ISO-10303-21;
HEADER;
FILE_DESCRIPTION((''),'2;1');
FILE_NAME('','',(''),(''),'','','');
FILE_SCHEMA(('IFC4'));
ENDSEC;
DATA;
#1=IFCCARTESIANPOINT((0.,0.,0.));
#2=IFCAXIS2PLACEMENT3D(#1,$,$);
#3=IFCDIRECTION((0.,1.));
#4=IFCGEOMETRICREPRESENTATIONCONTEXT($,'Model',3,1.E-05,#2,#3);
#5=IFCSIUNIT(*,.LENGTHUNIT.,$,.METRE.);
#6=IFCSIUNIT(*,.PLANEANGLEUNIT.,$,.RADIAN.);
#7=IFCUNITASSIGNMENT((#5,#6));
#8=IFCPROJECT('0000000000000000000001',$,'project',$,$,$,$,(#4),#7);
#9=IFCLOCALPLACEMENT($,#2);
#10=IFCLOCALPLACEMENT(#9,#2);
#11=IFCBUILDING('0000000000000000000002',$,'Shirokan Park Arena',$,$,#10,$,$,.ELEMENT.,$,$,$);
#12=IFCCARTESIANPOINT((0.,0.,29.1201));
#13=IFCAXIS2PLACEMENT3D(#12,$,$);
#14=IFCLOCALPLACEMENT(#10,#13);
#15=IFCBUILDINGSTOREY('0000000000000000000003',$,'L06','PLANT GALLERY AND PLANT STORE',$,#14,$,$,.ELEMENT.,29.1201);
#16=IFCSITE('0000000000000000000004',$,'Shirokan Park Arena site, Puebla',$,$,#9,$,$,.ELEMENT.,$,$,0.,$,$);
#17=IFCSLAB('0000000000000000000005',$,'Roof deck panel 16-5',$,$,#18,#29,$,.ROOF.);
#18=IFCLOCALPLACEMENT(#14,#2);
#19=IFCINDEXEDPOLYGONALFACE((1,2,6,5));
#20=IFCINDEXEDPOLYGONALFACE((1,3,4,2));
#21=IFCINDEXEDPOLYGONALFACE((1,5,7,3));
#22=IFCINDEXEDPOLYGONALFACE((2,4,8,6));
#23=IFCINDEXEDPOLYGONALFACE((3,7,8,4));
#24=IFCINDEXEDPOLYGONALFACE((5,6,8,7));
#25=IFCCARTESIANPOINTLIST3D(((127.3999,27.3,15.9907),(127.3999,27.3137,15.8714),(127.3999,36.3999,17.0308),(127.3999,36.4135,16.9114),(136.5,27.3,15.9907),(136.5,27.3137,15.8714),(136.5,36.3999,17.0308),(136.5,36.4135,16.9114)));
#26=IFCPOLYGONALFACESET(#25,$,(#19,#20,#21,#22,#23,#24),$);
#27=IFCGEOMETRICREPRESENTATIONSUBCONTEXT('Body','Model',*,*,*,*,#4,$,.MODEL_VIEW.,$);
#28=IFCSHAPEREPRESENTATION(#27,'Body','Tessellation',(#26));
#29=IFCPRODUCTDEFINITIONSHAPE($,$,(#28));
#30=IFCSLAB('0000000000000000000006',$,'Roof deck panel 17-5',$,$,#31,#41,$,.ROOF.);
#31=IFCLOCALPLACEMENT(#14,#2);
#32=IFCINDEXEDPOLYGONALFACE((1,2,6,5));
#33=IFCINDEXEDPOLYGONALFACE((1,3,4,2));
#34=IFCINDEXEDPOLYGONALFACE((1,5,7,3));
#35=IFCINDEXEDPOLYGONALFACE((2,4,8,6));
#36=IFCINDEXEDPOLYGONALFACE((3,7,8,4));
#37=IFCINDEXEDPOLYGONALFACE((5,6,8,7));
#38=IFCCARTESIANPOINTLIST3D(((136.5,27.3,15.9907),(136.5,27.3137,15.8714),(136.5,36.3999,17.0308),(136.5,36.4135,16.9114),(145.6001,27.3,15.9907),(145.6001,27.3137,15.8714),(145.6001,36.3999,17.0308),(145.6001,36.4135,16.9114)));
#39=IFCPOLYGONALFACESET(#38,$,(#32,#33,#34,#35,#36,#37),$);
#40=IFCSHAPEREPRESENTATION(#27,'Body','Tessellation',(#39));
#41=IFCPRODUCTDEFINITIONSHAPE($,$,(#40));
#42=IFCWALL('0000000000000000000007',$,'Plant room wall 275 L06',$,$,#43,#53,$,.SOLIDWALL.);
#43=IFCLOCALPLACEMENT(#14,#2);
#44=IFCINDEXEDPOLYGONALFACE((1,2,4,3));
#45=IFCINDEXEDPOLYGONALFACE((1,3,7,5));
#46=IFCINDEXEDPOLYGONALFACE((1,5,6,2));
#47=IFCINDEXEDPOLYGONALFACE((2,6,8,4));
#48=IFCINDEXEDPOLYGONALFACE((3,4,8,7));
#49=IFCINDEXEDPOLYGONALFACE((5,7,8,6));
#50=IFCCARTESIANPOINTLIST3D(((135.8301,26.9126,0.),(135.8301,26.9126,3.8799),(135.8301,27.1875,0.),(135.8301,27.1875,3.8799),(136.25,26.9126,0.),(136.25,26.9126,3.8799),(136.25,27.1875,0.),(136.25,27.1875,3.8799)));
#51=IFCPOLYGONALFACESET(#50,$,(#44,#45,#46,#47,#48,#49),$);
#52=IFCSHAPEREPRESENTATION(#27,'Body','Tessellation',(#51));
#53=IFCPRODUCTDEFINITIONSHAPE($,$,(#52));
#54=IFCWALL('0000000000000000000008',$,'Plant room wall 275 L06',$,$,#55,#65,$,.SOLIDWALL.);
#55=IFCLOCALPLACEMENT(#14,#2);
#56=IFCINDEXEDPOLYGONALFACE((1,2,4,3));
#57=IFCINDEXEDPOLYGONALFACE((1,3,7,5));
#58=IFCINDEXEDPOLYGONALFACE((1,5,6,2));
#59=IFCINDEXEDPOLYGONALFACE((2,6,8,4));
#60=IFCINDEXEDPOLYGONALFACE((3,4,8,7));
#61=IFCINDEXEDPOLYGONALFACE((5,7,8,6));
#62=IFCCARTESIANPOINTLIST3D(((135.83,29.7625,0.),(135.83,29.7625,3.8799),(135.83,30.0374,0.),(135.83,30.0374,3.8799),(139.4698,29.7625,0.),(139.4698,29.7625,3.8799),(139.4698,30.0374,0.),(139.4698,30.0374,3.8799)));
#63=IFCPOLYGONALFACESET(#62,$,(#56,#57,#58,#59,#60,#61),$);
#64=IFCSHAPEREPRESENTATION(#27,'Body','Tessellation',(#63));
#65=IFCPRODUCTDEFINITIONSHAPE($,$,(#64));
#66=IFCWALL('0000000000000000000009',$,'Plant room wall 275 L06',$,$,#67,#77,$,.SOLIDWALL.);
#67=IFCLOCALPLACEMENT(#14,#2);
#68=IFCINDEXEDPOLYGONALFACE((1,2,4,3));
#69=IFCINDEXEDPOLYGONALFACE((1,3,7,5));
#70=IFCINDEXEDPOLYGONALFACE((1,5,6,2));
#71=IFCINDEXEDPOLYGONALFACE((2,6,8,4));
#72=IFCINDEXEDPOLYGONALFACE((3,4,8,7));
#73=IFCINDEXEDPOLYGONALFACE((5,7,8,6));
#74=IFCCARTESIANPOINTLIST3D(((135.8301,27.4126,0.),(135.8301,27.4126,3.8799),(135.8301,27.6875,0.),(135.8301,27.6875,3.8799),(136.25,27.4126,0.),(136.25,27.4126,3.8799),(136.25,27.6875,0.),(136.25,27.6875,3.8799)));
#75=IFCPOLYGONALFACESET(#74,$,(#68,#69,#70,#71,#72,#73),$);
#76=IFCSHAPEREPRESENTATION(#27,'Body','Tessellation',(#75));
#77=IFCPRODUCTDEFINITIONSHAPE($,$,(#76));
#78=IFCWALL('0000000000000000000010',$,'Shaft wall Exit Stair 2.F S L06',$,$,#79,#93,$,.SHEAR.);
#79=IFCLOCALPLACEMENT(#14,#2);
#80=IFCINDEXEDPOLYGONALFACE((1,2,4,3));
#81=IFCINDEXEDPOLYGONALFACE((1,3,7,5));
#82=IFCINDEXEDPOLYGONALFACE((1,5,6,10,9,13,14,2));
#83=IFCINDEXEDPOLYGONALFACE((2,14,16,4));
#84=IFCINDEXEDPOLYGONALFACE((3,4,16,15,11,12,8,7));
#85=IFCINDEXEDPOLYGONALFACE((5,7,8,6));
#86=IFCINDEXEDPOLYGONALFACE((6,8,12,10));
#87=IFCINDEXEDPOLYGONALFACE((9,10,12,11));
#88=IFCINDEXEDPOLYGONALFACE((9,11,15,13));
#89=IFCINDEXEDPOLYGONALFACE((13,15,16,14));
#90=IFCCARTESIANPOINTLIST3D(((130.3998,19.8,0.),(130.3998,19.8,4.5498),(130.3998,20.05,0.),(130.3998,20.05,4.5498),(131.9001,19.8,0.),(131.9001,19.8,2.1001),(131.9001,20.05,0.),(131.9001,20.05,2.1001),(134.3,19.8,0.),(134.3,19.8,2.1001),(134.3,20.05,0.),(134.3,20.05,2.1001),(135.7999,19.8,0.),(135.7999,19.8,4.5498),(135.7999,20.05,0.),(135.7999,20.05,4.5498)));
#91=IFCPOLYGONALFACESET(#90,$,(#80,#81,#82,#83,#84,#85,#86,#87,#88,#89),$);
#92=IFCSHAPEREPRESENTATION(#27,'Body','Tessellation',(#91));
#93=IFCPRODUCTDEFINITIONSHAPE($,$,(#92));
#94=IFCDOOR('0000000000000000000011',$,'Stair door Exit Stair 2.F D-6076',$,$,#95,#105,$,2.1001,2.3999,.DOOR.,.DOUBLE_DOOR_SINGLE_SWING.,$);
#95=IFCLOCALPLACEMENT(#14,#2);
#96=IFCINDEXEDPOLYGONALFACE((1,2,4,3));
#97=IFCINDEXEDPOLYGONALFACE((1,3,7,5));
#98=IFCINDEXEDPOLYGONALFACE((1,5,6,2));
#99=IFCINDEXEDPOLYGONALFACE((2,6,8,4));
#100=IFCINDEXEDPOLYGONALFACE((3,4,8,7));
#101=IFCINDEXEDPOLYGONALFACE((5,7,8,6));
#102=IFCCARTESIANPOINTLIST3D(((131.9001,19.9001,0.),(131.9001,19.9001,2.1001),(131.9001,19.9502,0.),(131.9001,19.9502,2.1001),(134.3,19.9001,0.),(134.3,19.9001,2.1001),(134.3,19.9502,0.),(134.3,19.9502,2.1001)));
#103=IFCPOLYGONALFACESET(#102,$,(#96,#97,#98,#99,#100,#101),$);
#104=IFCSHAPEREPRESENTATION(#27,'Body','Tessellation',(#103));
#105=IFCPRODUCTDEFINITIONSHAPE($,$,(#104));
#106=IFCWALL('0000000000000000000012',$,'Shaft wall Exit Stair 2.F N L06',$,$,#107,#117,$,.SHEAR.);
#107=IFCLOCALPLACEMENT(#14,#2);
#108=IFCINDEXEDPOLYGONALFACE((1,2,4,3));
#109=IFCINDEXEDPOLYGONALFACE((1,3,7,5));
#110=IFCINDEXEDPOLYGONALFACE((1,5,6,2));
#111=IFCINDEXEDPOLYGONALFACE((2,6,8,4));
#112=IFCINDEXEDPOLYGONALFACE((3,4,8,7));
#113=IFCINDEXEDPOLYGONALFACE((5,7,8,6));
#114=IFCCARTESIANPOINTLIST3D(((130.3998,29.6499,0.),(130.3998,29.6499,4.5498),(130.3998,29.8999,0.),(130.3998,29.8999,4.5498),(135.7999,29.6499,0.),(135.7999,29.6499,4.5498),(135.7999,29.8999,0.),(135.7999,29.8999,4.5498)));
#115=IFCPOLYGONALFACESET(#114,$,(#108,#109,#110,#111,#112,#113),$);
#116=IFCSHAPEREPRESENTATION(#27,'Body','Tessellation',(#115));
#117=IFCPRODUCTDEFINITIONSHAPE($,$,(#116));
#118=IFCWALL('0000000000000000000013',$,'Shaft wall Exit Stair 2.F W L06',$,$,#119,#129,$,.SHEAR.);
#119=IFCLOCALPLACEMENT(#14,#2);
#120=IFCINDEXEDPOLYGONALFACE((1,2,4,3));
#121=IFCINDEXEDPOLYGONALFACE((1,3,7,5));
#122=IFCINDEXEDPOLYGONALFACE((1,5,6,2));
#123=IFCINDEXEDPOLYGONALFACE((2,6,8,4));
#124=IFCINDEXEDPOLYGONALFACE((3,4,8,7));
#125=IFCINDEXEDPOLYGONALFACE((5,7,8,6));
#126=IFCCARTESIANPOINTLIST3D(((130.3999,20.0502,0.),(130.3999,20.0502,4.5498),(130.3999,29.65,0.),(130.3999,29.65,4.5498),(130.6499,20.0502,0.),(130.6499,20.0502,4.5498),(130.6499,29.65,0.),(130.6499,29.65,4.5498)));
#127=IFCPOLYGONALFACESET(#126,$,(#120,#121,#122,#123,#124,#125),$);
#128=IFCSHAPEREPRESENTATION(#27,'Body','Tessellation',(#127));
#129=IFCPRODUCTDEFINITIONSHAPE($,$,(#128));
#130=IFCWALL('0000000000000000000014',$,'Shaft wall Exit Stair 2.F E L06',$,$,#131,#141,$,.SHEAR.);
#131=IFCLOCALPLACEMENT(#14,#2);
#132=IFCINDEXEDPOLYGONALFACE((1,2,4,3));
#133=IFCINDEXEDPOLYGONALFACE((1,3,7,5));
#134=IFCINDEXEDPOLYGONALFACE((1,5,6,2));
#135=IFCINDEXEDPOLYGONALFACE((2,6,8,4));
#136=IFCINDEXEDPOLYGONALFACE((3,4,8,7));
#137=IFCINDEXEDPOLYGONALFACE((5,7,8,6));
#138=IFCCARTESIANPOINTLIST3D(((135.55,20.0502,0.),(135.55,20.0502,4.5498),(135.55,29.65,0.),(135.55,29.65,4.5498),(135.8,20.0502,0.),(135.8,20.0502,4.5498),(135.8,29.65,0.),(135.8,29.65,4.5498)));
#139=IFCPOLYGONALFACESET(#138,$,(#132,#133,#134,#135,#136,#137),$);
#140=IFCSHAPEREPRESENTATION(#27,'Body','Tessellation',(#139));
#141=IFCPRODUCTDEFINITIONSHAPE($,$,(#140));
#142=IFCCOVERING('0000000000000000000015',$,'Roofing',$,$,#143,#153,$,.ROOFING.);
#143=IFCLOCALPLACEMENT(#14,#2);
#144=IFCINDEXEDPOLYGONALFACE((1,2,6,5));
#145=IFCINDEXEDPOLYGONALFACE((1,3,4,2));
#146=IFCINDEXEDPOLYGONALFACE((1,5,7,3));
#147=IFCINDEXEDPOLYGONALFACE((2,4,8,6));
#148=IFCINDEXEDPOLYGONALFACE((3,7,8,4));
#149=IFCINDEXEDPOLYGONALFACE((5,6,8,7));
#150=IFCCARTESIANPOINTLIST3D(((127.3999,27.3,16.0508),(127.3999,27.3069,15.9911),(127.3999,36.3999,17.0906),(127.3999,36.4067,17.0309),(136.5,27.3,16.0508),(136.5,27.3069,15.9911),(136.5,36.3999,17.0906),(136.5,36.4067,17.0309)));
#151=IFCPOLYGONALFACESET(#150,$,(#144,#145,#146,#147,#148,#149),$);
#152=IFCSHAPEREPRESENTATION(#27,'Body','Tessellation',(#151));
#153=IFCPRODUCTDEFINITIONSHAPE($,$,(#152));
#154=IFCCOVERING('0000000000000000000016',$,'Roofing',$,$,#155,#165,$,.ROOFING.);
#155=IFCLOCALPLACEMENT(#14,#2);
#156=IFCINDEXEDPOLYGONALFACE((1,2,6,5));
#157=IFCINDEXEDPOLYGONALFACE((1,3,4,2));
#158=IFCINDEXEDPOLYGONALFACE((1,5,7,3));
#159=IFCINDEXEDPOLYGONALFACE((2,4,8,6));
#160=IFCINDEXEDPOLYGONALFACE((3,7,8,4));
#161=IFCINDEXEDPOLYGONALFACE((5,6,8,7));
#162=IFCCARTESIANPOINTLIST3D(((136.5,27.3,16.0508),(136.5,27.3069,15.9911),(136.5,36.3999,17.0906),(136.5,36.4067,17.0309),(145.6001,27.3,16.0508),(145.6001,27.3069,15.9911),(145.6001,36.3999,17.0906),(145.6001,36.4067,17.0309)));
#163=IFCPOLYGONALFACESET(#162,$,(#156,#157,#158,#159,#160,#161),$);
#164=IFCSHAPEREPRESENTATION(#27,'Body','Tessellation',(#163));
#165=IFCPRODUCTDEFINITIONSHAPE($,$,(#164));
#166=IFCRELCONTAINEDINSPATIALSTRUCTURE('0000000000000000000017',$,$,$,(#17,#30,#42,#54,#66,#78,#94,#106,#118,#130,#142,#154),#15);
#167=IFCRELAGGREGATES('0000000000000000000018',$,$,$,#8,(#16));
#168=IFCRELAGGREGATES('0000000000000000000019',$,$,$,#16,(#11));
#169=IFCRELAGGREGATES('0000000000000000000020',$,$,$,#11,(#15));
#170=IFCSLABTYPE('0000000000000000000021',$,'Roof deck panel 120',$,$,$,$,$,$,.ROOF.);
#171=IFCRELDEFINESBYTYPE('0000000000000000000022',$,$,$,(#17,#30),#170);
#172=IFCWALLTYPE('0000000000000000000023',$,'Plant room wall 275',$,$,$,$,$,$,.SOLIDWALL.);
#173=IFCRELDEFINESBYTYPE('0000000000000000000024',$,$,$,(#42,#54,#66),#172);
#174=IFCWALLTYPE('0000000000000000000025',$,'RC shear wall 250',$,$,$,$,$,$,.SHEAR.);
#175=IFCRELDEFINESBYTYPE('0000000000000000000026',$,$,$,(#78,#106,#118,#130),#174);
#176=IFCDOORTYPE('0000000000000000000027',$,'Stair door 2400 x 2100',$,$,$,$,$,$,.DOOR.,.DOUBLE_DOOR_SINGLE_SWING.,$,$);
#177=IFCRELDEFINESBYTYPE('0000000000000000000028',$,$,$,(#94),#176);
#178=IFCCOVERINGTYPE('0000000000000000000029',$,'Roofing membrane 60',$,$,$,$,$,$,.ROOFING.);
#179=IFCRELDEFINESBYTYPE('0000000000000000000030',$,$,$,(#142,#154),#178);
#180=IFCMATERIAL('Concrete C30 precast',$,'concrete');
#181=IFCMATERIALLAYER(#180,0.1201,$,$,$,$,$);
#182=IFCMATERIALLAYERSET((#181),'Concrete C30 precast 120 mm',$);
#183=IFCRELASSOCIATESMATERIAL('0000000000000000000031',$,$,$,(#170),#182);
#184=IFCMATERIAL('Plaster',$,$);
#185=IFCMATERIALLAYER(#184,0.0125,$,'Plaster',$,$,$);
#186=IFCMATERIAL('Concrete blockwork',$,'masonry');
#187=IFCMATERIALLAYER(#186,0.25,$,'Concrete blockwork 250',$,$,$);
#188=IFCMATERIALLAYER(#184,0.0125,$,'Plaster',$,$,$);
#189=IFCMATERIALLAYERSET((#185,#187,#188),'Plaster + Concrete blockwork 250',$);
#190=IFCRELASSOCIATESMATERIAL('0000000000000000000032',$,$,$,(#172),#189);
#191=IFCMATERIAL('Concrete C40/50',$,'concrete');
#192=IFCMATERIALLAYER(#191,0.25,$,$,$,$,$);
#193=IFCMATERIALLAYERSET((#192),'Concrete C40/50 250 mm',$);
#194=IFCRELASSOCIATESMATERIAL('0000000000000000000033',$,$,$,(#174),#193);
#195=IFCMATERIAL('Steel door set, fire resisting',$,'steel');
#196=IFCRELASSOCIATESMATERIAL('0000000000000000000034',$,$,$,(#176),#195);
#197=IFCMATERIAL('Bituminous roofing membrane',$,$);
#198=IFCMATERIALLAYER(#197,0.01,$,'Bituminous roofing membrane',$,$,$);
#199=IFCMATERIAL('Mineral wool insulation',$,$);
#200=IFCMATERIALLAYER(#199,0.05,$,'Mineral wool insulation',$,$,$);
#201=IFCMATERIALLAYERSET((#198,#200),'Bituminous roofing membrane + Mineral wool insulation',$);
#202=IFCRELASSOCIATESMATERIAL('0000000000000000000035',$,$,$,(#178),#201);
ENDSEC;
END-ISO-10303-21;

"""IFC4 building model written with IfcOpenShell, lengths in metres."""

from ifc_helpers import new_model, si_unit, direction, frame, frame_2d, origin, place, context, subcontext, project, spatial, polyline, rectangle, outline, extrude, material, layer, layer_set, type_object, element, fill, save


model = new_model("IFC4")

# Units and contexts
model_context = context("Model", 3, precision=1e-05, world=origin(), true_north=direction((0.0, 1.0)))
body_context = subcontext(model_context, "Body", "Model", "MODEL_VIEW")
ifc_project = project(units=[si_unit("LENGTHUNIT", "METRE"), si_unit("PLANEANGLEUNIT", "RADIAN")], contexts=[model_context])

# Site, building, storey
site_placement = place(None, origin())
site = spatial("IfcSite", under=ifc_project, at=site_placement, Name="Shirokan Park Arena site, Puebla", CompositionType="ELEMENT", RefElevation=0.0)
building_placement = place(site_placement, origin())
building = spatial("IfcBuilding", under=site, at=building_placement, Name="Shirokan Park Arena", CompositionType="ELEMENT")
storey_placement = place(building_placement, frame((0.0, 0.0, 29.1201)))
storey = spatial("IfcBuildingStorey", under=building, at=storey_placement, Name="L06", Description="PLANT GALLERY AND PLANT STORE", CompositionType="ELEMENT", Elevation=29.1201)

# Slabs
ifc_material_1 = material(Name="Concrete C30 precast", Category="concrete")
ifc_layer_1 = layer(ifc_material_1, 0.1201)
ifc_layer_set_1 = layer_set([ifc_layer_1], Name="Concrete C30 precast 120 mm")
slab_type = type_object("IfcSlabType", Name="Roof deck panel 120", PredefinedType="ROOF", material=ifc_layer_set_1)
for number, where, z_axis, x_axis, name in (
    (1, (127.3999, 27.3, 15.9907), (0.0, -0.113553, 0.993532), (1.0, 0.0, 0.0), "Roof deck panel 16-5"),
    (2, (136.5, 27.3, 15.9907), (0.0, -0.113553, 0.993532), (1.0, 0.0, 0.0), "Roof deck panel 17-5"),
):
    element("IfcSlab", number, at=place(storey_placement, frame(where, z_axis=z_axis, x_axis=x_axis)), inside=storey, type_object=slab_type, Name=name, PredefinedType="ROOF", context=body_context, shape_type="SweptSolid", body=[
        extrude(outline(polyline([(0.0, 0.0), (9.1001, 0.0), (9.1001, 9.1591), (0.0, 9.1591), (0.0, 0.0)])), origin(), (0.0, 0.0, -1.0), 0.1201),
    ])

# Walls
ifc_material_2 = material(Name="Plaster")
ifc_layer_2 = layer(ifc_material_2, 0.0125, Name="Plaster")
ifc_material_3 = material(Name="Concrete blockwork", Category="masonry")
ifc_layer_3 = layer(ifc_material_3, 0.25, Name="Concrete blockwork 250")
ifc_layer_4 = layer(ifc_material_2, 0.0125, Name="Plaster")
ifc_layer_set_2 = layer_set([ifc_layer_2, ifc_layer_3, ifc_layer_4], Name="Plaster + Concrete blockwork 250")
wall_type_1 = type_object("IfcWallType", Name="Plant room wall 275", PredefinedType="SOLIDWALL", material=ifc_layer_set_2)
wall_1_placement = place(storey_placement, frame((135.8301, 27.05, 0.0), z_axis=(0.0, 0.0, 1.0), x_axis=(1.0, 0.0, 0.0)))
element("IfcWall", 3, at=wall_1_placement, inside=storey, type_object=wall_type_1, Name="Plant room wall 275 L06", PredefinedType="SOLIDWALL", context=body_context, shape_type="SweptSolid", body=[
    extrude(rectangle(XDim=0.4199, YDim=0.2749, at=frame_2d((0.21, 0.0))), origin(), (0.0, 0.0, 1.0), 3.8799),
])
wall_2_placement = place(storey_placement, frame((135.8301, 29.8999, 0.0), z_axis=(0.0, 0.0, 1.0), x_axis=(1.0, 0.0, 0.0)))
element("IfcWall", 4, at=wall_2_placement, inside=storey, type_object=wall_type_1, Name="Plant room wall 275 L06", PredefinedType="SOLIDWALL", context=body_context, shape_type="SweptSolid", body=[
    extrude(rectangle(XDim=3.6399, YDim=0.2749, at=frame_2d((1.8198, 0.0))), origin(), (0.0, 0.0, 1.0), 3.8799),
])
wall_3_placement = place(storey_placement, frame((136.25, 27.55, 0.0), z_axis=(0.0, 0.0, 1.0), x_axis=(-1.0, 0.0, 0.0)))
element("IfcWall", 5, at=wall_3_placement, inside=storey, type_object=wall_type_1, Name="Plant room wall 275 L06", PredefinedType="SOLIDWALL", context=body_context, shape_type="SweptSolid", body=[
    extrude(rectangle(XDim=0.4199, YDim=0.2749, at=frame_2d((0.21, 0.0))), origin(), (0.0, 0.0, 1.0), 3.8799),
])

# Wall, opening, door
ifc_material_4 = material(Name="Concrete C40/50", Category="concrete")
ifc_layer_5 = layer(ifc_material_4, 0.25)
ifc_layer_set_3 = layer_set([ifc_layer_5], Name="Concrete C40/50 250 mm")
wall_type_2 = type_object("IfcWallType", Name="RC shear wall 250", PredefinedType="SHEAR", material=ifc_layer_set_3)
wall_4_placement = place(storey_placement, frame((135.8, 19.925, 0.0), z_axis=(0.0, 0.0, 1.0), x_axis=(-1.0, 0.0, 0.0)))
wall_4 = element("IfcWall", 6, at=wall_4_placement, inside=storey, type_object=wall_type_2, Name="Shaft wall Exit Stair 2.F S L06", PredefinedType="SHEAR", context=body_context, shape_type="SweptSolid", body=[
    extrude(rectangle(XDim=5.4001, YDim=0.25, at=frame_2d((2.7002, 0.0))), origin(), (0.0, 0.0, 1.0), 4.5498),
])
opening_placement = place(wall_4_placement, frame((1.5, 0.0, 0.0)))
opening = element("IfcOpeningElement", 7, at=opening_placement, cuts=wall_4, PredefinedType="OPENING", context=body_context, shape_type="SweptSolid", body=[
    extrude(rectangle(XDim=2.3999, YDim=2.1001, at=frame_2d((1.2, 1.05))), frame((0.0, 0.135, 0.0), z_axis=(0.0, -1.0, 0.0), x_axis=(1.0, 0.0, 0.0)), (0.0, 0.0, 1.0), 0.27),
])
ifc_material_5 = material(Name="Steel door set, fire resisting", Category="steel")
door_type = type_object("IfcDoorType", Name="Stair door 2400 x 2100", OperationType="DOUBLE_DOOR_SINGLE_SWING", PredefinedType="DOOR", material=ifc_material_5)
door_placement = place(opening_placement, origin())
door = element("IfcDoor", 8, at=door_placement, inside=storey, type_object=door_type, Name="Stair door Exit Stair 2.F D-6076", OperationType="DOUBLE_DOOR_SINGLE_SWING", OverallHeight=2.1001, OverallWidth=2.3999, PredefinedType="DOOR", context=body_context, shape_type="SweptSolid", body=[
    extrude(rectangle(XDim=2.3999, YDim=2.1001, at=frame_2d((1.2, 1.05))), frame((0.0, 0.0249, 0.0), z_axis=(0.0, -1.0, 0.0), x_axis=(1.0, 0.0, 0.0)), (0.0, 0.0, 1.0), 0.05),
])
fill(opening, door)

# Walls
wall_5_placement = place(storey_placement, frame((135.8, 29.7749, 0.0), z_axis=(0.0, 0.0, 1.0), x_axis=(-1.0, 0.0, 0.0)))
element("IfcWall", 9, at=wall_5_placement, inside=storey, type_object=wall_type_2, Name="Shaft wall Exit Stair 2.F N L06", PredefinedType="SHEAR", context=body_context, shape_type="SweptSolid", body=[
    extrude(rectangle(XDim=5.4001, YDim=0.25, at=frame_2d((2.7002, 0.0))), origin(), (0.0, 0.0, 1.0), 4.5498),
])
for number, where, z_axis, x_axis, name in (
    (10, (130.5249, 29.6499, 0.0), (0.0, 0.0, 1.0), (0.0, -1.0, 0.0), "Shaft wall Exit Stair 2.F W L06"),
    (11, (135.675, 29.6499, 0.0), (0.0, 0.0, 1.0), (0.0, -1.0, 0.0), "Shaft wall Exit Stair 2.F E L06"),
):
    element("IfcWall", number, at=place(storey_placement, frame(where, z_axis=z_axis, x_axis=x_axis)), inside=storey, type_object=wall_type_2, Name=name, PredefinedType="SHEAR", context=body_context, shape_type="SweptSolid", body=[
        extrude(rectangle(XDim=9.5999, YDim=0.25, at=frame_2d((4.7998, 0.0))), origin(), (0.0, 0.0, 1.0), 4.5498),
    ])

# Coverings
ifc_material_6 = material(Name="Bituminous roofing membrane")
ifc_layer_6 = layer(ifc_material_6, 0.01, Name="Bituminous roofing membrane")
ifc_material_7 = material(Name="Mineral wool insulation")
ifc_layer_7 = layer(ifc_material_7, 0.05, Name="Mineral wool insulation")
ifc_layer_set_4 = layer_set([ifc_layer_6, ifc_layer_7], Name="Bituminous roofing membrane + Mineral wool insulation")
covering_type = type_object("IfcCoveringType", Name="Roofing membrane 60", PredefinedType="ROOFING", material=ifc_layer_set_4)
for number, where, z_axis, x_axis, name in (
    (12, (127.3999, 27.3, 16.0508), (0.0, -0.113526, 0.993535), (1.0, 0.0, 0.0), "Roofing"),
    (13, (136.5, 27.3, 16.0508), (0.0, -0.113526, 0.993535), (1.0, 0.0, 0.0), "Roofing"),
):
    element("IfcCovering", number, at=place(storey_placement, frame(where, z_axis=z_axis, x_axis=x_axis)), inside=storey, type_object=covering_type, Name=name, PredefinedType="ROOFING", context=body_context, shape_type="SweptSolid", body=[
        extrude(outline(polyline([(0.0, 0.0), (9.1001, 0.0), (9.1001, 9.1591), (0.0, 9.1591), (0.0, 0.0)])), origin(), (0.0, 0.0, -1.0), 0.0601),
    ])

save(model, "model.ifc")
